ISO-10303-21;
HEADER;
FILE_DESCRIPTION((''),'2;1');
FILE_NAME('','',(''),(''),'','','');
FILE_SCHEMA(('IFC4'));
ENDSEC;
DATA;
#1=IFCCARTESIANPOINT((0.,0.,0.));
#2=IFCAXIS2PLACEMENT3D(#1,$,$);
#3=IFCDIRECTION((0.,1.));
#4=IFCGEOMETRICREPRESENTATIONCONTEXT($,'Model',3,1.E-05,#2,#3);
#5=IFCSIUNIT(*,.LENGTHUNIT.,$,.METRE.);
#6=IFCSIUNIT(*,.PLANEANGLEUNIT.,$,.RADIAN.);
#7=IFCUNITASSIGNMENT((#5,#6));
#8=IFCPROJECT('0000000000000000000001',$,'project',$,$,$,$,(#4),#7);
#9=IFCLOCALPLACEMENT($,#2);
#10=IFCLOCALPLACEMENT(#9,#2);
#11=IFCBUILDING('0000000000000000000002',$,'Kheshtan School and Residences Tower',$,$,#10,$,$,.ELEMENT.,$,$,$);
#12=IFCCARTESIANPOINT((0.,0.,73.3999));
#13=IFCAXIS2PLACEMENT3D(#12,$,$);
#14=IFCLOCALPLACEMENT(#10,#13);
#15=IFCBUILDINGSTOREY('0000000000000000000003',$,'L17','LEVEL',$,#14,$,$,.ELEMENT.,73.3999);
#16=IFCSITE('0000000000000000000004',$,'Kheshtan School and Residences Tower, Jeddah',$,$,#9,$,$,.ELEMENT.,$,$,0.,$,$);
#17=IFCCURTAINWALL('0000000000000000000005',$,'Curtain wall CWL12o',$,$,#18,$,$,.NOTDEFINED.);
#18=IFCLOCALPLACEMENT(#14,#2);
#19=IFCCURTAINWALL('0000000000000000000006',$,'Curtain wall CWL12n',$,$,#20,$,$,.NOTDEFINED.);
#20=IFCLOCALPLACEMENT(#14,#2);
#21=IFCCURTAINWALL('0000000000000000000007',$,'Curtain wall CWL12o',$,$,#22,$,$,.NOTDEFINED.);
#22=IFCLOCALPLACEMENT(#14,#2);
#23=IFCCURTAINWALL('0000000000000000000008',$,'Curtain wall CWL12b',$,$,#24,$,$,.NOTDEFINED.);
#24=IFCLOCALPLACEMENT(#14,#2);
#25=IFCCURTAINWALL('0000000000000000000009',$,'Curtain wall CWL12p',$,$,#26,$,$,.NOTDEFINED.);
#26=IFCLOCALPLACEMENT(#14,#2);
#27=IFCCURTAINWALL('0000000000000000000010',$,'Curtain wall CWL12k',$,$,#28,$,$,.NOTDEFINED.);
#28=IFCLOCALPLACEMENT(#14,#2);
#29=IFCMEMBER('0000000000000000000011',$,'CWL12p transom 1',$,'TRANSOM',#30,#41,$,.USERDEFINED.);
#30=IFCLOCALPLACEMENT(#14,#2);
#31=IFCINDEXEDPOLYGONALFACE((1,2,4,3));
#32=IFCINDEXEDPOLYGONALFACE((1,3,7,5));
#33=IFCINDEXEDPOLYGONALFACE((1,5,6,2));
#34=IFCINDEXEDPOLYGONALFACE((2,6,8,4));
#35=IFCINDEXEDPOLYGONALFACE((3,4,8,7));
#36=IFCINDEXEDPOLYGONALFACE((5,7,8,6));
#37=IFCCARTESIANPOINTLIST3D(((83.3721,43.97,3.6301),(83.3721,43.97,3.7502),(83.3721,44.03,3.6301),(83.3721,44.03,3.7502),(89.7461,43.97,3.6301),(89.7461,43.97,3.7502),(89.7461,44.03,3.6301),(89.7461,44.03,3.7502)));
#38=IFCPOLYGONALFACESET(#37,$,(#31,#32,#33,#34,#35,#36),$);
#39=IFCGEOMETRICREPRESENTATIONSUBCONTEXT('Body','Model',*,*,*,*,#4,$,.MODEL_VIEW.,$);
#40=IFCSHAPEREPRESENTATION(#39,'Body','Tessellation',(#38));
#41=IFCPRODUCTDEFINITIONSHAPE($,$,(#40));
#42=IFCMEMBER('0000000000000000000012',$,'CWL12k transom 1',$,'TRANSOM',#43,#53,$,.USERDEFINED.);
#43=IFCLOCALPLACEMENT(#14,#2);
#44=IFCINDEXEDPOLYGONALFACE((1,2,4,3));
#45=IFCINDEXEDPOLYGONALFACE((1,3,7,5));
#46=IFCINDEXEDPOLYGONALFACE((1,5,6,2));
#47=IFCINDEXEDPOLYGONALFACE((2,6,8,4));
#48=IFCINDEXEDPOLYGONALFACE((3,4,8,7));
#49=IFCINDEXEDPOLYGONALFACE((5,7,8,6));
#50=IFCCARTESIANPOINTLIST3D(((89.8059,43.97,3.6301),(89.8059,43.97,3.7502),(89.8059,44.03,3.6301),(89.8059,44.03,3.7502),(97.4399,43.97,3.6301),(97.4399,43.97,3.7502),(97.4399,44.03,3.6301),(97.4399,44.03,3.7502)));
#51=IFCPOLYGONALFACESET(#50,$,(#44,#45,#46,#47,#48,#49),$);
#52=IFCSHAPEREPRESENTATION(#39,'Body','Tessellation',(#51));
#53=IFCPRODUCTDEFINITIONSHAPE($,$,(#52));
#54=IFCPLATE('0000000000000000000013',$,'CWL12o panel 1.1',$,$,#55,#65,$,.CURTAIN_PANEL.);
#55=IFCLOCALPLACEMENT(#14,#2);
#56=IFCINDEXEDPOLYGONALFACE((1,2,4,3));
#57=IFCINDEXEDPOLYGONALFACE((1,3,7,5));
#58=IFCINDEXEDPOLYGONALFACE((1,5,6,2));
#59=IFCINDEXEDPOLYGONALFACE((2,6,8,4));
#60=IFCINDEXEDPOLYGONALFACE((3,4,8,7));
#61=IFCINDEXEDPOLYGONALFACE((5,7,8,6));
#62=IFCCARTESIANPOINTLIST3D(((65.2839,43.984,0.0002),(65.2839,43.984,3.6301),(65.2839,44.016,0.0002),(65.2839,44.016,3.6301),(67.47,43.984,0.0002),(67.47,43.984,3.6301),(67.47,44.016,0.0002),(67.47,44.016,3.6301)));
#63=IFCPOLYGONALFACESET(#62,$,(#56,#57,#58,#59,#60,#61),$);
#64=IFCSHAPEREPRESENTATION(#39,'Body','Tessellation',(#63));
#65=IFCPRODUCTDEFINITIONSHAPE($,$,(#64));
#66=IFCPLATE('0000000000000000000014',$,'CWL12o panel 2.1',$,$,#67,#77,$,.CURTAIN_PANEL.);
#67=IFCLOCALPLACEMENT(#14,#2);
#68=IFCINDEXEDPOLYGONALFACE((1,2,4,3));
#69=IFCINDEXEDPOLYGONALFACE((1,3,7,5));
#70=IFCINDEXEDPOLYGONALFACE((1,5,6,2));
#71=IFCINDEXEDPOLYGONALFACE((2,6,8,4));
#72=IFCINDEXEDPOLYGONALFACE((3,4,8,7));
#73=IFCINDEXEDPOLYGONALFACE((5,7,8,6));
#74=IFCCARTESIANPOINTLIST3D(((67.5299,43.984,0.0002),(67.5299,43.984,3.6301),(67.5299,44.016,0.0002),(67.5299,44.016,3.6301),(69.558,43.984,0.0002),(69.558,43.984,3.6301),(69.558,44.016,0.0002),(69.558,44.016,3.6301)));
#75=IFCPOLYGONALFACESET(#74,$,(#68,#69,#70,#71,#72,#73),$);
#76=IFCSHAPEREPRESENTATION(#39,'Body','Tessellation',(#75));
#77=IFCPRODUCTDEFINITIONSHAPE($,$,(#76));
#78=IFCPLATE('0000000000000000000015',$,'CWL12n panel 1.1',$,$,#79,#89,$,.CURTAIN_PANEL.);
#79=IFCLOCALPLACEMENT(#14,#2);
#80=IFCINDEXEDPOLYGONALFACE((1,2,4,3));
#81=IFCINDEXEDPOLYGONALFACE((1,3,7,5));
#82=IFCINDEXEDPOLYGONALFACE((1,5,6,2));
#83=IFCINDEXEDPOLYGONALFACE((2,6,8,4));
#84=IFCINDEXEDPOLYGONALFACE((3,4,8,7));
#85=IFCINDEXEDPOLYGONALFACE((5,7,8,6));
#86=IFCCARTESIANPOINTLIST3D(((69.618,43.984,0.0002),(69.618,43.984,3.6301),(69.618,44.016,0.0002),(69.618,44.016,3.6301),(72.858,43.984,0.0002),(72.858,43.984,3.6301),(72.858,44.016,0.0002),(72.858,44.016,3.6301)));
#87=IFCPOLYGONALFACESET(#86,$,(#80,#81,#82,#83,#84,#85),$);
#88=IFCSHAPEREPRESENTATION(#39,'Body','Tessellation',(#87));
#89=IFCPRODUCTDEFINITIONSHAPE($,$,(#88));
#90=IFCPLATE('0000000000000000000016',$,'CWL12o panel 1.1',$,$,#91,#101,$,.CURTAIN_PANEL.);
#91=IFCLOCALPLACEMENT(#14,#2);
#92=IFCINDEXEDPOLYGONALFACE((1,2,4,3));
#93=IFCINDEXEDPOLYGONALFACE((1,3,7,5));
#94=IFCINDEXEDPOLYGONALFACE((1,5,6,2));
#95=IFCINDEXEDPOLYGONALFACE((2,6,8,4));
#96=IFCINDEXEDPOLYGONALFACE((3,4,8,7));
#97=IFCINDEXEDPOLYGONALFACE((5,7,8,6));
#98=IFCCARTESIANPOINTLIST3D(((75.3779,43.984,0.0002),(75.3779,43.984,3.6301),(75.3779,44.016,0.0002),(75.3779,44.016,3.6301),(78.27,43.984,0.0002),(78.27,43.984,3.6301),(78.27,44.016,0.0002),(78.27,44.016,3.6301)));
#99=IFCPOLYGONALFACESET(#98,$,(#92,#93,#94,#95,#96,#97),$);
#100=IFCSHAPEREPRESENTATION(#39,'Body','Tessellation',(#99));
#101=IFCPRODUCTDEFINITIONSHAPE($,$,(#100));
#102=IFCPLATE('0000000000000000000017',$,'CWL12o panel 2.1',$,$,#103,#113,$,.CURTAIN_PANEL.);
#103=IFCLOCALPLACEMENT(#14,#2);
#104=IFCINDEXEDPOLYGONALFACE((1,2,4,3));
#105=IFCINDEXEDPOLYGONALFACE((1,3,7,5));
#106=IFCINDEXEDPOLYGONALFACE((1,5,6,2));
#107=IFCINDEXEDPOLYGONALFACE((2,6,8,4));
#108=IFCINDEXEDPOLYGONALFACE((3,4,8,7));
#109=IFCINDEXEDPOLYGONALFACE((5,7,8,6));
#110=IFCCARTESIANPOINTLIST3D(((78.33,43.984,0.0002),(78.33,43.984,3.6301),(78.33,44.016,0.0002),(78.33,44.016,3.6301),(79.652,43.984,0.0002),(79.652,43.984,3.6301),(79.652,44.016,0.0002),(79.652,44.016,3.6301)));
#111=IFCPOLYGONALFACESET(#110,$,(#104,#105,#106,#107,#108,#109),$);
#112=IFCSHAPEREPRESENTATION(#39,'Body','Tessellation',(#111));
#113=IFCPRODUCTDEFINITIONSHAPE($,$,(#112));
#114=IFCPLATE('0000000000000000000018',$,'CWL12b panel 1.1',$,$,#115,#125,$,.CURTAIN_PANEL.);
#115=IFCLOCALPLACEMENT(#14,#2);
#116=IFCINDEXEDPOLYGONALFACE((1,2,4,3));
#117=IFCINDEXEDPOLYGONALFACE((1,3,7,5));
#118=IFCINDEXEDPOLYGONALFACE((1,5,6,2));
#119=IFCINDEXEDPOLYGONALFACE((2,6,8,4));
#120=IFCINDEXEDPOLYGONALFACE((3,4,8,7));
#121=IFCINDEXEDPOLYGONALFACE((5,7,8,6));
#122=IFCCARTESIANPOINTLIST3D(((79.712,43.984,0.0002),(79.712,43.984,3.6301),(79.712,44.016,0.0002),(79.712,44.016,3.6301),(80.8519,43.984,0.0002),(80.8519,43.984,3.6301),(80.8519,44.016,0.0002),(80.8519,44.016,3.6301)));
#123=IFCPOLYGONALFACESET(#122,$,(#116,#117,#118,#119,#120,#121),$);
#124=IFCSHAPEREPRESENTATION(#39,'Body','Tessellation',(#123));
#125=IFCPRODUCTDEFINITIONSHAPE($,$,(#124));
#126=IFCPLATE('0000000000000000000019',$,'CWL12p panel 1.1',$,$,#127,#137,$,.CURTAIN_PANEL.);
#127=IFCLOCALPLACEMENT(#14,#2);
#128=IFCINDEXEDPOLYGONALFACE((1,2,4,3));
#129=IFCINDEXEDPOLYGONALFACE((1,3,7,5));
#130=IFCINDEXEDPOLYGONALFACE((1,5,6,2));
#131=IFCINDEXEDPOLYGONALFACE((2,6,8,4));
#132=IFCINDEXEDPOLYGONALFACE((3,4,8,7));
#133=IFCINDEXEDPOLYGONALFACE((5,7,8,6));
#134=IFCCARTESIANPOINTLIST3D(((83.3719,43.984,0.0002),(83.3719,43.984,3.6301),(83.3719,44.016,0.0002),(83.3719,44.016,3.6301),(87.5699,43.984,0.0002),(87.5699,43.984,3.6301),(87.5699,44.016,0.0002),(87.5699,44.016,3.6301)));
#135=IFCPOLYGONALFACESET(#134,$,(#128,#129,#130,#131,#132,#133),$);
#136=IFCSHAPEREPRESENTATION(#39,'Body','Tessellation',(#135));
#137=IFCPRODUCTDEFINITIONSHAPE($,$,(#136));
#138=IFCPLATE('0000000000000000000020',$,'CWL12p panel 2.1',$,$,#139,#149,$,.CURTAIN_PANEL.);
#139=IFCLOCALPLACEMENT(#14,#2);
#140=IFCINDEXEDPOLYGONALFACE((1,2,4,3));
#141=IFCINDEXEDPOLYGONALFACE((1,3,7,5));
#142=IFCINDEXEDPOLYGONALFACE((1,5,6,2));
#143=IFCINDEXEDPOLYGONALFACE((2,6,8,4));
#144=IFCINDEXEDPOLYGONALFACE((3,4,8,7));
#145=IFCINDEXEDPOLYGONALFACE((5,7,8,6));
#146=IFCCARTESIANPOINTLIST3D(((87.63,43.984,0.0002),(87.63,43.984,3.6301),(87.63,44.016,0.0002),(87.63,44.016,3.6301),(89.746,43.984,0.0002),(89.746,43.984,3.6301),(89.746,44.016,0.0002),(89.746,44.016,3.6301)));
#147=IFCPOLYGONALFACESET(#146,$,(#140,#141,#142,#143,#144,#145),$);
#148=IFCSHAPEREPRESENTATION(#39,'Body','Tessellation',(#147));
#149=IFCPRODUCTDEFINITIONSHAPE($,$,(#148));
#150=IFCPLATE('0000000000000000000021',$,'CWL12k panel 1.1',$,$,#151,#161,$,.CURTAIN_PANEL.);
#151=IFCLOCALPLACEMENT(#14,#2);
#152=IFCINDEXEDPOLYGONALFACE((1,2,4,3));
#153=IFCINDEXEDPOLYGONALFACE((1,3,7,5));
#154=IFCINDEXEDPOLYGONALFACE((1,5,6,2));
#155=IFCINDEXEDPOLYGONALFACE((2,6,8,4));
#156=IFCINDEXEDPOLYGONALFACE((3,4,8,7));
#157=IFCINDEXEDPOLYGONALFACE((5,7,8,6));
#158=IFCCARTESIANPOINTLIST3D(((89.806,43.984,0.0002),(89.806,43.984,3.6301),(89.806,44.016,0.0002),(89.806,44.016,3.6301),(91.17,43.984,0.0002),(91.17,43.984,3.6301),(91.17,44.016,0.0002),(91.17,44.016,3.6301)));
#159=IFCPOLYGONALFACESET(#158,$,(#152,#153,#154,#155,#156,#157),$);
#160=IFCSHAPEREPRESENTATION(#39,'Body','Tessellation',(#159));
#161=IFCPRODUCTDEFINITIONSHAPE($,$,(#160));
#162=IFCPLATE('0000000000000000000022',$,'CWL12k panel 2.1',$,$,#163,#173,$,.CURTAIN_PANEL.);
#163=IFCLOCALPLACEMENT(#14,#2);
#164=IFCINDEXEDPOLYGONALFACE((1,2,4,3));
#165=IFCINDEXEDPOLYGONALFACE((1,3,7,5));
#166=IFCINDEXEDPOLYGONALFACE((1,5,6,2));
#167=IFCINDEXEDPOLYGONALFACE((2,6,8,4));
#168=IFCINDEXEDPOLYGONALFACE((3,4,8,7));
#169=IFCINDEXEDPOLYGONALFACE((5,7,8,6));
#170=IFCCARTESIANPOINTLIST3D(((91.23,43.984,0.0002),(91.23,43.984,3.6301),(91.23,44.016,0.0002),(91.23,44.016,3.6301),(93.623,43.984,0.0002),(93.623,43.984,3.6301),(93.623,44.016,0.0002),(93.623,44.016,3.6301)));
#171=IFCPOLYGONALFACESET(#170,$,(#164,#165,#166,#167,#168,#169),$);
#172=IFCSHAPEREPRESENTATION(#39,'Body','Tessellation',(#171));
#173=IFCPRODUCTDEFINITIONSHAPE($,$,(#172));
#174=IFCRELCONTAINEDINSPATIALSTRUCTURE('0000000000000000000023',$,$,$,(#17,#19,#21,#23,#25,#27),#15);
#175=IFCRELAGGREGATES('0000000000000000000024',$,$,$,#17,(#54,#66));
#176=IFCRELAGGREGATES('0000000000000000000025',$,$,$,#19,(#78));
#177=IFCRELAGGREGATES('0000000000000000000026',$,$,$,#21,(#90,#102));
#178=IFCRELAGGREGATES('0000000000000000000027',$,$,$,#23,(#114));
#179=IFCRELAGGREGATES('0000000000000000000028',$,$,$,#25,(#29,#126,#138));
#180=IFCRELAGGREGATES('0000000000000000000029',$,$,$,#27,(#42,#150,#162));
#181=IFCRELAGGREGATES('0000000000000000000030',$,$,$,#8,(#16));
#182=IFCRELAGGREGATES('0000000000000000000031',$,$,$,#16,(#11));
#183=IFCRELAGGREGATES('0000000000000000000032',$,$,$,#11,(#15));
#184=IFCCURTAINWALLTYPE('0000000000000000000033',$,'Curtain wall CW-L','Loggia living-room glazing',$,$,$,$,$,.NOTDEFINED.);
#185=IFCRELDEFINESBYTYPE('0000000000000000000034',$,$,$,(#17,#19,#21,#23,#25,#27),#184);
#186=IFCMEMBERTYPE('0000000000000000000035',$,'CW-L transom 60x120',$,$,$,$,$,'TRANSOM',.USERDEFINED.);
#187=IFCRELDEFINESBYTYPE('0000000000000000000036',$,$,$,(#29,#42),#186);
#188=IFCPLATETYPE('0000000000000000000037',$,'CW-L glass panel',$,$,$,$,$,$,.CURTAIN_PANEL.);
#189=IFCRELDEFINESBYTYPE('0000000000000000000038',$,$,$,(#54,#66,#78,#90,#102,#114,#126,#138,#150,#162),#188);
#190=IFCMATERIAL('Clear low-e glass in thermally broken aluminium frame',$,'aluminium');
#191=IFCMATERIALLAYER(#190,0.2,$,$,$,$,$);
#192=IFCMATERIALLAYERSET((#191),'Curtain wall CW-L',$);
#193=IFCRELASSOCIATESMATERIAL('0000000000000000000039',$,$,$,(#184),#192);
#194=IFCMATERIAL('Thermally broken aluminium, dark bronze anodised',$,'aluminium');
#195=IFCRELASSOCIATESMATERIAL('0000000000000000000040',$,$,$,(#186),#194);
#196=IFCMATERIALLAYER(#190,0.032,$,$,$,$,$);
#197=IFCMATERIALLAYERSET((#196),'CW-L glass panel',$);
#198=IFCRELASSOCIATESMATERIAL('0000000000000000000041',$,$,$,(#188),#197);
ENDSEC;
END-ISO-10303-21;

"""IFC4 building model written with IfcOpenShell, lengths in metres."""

from ifc_helpers import new_model, si_unit, direction, frame, origin, origin_2d, place, context, subcontext, project, spatial, rectangle, extrude, material, layer, layer_set, material_profile, profile_set, type_object, element, aggregate, save


model = new_model("IFC4")

# Units and contexts
model_context = context("Model", 3, precision=1e-05, world=origin(), true_north=direction((0.0, 1.0)))
body_context = subcontext(model_context, "Body", "Model", "MODEL_VIEW")
ifc_project = project(units=[si_unit("LENGTHUNIT", "METRE"), si_unit("PLANEANGLEUNIT", "RADIAN")], contexts=[model_context])

# Site, building, storey
site_placement = place(None, origin())
site = spatial("IfcSite", under=ifc_project, at=site_placement, Name="Kheshtan School and Residences Tower, Jeddah", CompositionType="ELEMENT", RefElevation=0.0)
building_placement = place(site_placement, origin())
building = spatial("IfcBuilding", under=site, at=building_placement, Name="Kheshtan School and Residences Tower", CompositionType="ELEMENT")
storey_placement = place(building_placement, frame((0.0, 0.0, 73.3999)))
storey = spatial("IfcBuildingStorey", under=building, at=storey_placement, Name="L17", Description="LEVEL", CompositionType="ELEMENT", Elevation=73.3999)

# Curtain wall
ifc_material_1 = material(Name="Clear low-e glass in thermally broken aluminium frame", Category="aluminium")
ifc_layer_1 = layer(ifc_material_1, 0.2)
ifc_layer_set_1 = layer_set([ifc_layer_1], Name="Curtain wall CW-L")
curtain_wall_type = type_object("IfcCurtainWallType", Name="Curtain wall CW-L", Description="Loggia living-room glazing", PredefinedType="NOTDEFINED", material=ifc_layer_set_1)
curtain_wall_1_placement = place(storey_placement, origin())
curtain_wall_1 = element("IfcCurtainWall", 1, at=curtain_wall_1_placement, inside=storey, type_object=curtain_wall_type, Name="Curtain wall CWL12o", PredefinedType="NOTDEFINED")
ifc_material_2 = material(Name="Thermally broken aluminium, dark bronze anodised", Category="aluminium")

# Curtain wall
curtain_wall_2_placement = place(storey_placement, origin())
curtain_wall_2 = element("IfcCurtainWall", 2, at=curtain_wall_2_placement, inside=storey, type_object=curtain_wall_type, Name="Curtain wall CWL12n", PredefinedType="NOTDEFINED")

# Curtain wall
curtain_wall_3_placement = place(storey_placement, origin())
curtain_wall_3 = element("IfcCurtainWall", 3, at=curtain_wall_3_placement, inside=storey, type_object=curtain_wall_type, Name="Curtain wall CWL12o", PredefinedType="NOTDEFINED")

# Curtain wall
curtain_wall_4_placement = place(storey_placement, origin())
curtain_wall_4 = element("IfcCurtainWall", 4, at=curtain_wall_4_placement, inside=storey, type_object=curtain_wall_type, Name="Curtain wall CWL12b", PredefinedType="NOTDEFINED")

# Curtain walls
curtain_wall_5_placement = place(storey_placement, origin())
curtain_wall_5 = element("IfcCurtainWall", 5, at=curtain_wall_5_placement, inside=storey, type_object=curtain_wall_type, Name="Curtain wall CWL12p", PredefinedType="NOTDEFINED")
curtain_wall_6_placement = place(storey_placement, origin())
curtain_wall_6 = element("IfcCurtainWall", 6, at=curtain_wall_6_placement, inside=storey, type_object=curtain_wall_type, Name="Curtain wall CWL12k", PredefinedType="NOTDEFINED")

# Members
ifc_material_profile_1 = material_profile(ifc_material_2, rectangle(XDim=0.0601, YDim=0.1201, at=origin_2d()), Name="CW-L transom 60x120")
ifc_profile_set_1 = profile_set([ifc_material_profile_1], Name="Thermally broken aluminium, dark bronze anodised")
member_type_1 = type_object("IfcMemberType", Name="CW-L transom 60x120", ElementType="TRANSOM", PredefinedType="USERDEFINED", material=ifc_profile_set_1)
member_1_placement = place(storey_placement, frame((83.3721, 44.0, 3.6902), z_axis=(1.0, 0.0, 0.0), x_axis=(0.0, 1.0, 0.0)))
member_1 = element("IfcMember", 7, at=member_1_placement, type_object=member_type_1, Name="CWL12p transom 1", ObjectType="TRANSOM", PredefinedType="USERDEFINED", context=body_context, shape_type="SweptSolid", body=[
    extrude(rectangle(XDim=0.0601, YDim=0.1201, at=origin_2d()), origin(), (0.0, 0.0, 1.0), 6.374),
])
member_2_placement = place(storey_placement, frame((89.8059, 44.0, 3.6902), z_axis=(1.0, 0.0, 0.0), x_axis=(0.0, 1.0, 0.0)))
member_2 = element("IfcMember", 8, at=member_2_placement, type_object=member_type_1, Name="CWL12k transom 1", ObjectType="TRANSOM", PredefinedType="USERDEFINED", context=body_context, shape_type="SweptSolid", body=[
    extrude(rectangle(XDim=0.0601, YDim=0.1201, at=origin_2d()), origin(), (0.0, 0.0, 1.0), 7.634),
])

# Plates
ifc_layer_2 = layer(ifc_material_1, 0.032)
ifc_layer_set_2 = layer_set([ifc_layer_2], Name="CW-L glass panel")
plate_type = type_object("IfcPlateType", Name="CW-L glass panel", PredefinedType="CURTAIN_PANEL", material=ifc_layer_set_2)
plate_1_placement = place(storey_placement, frame((66.377, 44.0, 0.0002), z_axis=(0.0, 0.0, 1.0), x_axis=(1.0, 0.0, 0.0)))
plate_1 = element("IfcPlate", 9, at=plate_1_placement, type_object=plate_type, Name="CWL12o panel 1.1", PredefinedType="CURTAIN_PANEL", context=body_context, shape_type="SweptSolid", body=[
    extrude(rectangle(XDim=2.186, YDim=0.032, at=origin_2d()), origin(), (0.0, 0.0, 1.0), 3.6299),
])
plate_2_placement = place(storey_placement, frame((68.5439, 44.0, 0.0002), z_axis=(0.0, 0.0, 1.0), x_axis=(1.0, 0.0, 0.0)))
plate_2 = element("IfcPlate", 10, at=plate_2_placement, type_object=plate_type, Name="CWL12o panel 2.1", PredefinedType="CURTAIN_PANEL", context=body_context, shape_type="SweptSolid", body=[
    extrude(rectangle(XDim=2.0281, YDim=0.032, at=origin_2d()), origin(), (0.0, 0.0, 1.0), 3.6299),
])
aggregate(curtain_wall_1, [plate_1, plate_2])
plate_3_placement = place(storey_placement, frame((71.238, 44.0, 0.0002), z_axis=(0.0, 0.0, 1.0), x_axis=(1.0, 0.0, 0.0)))
plate_3 = element("IfcPlate", 11, at=plate_3_placement, type_object=plate_type, Name="CWL12n panel 1.1", PredefinedType="CURTAIN_PANEL", context=body_context, shape_type="SweptSolid", body=[
    extrude(rectangle(XDim=3.24, YDim=0.032, at=origin_2d()), origin(), (0.0, 0.0, 1.0), 3.6299),
])
aggregate(curtain_wall_2, [plate_3])
plate_4_placement = place(storey_placement, frame((76.824, 44.0, 0.0002), z_axis=(0.0, 0.0, 1.0), x_axis=(1.0, 0.0, 0.0)))
plate_4 = element("IfcPlate", 12, at=plate_4_placement, type_object=plate_type, Name="CWL12o panel 1.1", PredefinedType="CURTAIN_PANEL", context=body_context, shape_type="SweptSolid", body=[
    extrude(rectangle(XDim=2.8921, YDim=0.032, at=origin_2d()), origin(), (0.0, 0.0, 1.0), 3.6299),
])
plate_5_placement = place(storey_placement, frame((78.991, 44.0, 0.0002), z_axis=(0.0, 0.0, 1.0), x_axis=(1.0, 0.0, 0.0)))
plate_5 = element("IfcPlate", 13, at=plate_5_placement, type_object=plate_type, Name="CWL12o panel 2.1", PredefinedType="CURTAIN_PANEL", context=body_context, shape_type="SweptSolid", body=[
    extrude(rectangle(XDim=1.322, YDim=0.032, at=origin_2d()), origin(), (0.0, 0.0, 1.0), 3.6299),
])
aggregate(curtain_wall_3, [plate_4, plate_5])
plate_6_placement = place(storey_placement, frame((80.282, 44.0, 0.0002), z_axis=(0.0, 0.0, 1.0), x_axis=(1.0, 0.0, 0.0)))
plate_6 = element("IfcPlate", 14, at=plate_6_placement, type_object=plate_type, Name="CWL12b panel 1.1", PredefinedType="CURTAIN_PANEL", context=body_context, shape_type="SweptSolid", body=[
    extrude(rectangle(XDim=1.1399, YDim=0.032, at=origin_2d()), origin(), (0.0, 0.0, 1.0), 3.6299),
])
aggregate(curtain_wall_4, [plate_6])
plate_7_placement = place(storey_placement, frame((85.4709, 44.0, 0.0002), z_axis=(0.0, 0.0, 1.0), x_axis=(1.0, 0.0, 0.0)))
plate_7 = element("IfcPlate", 15, at=plate_7_placement, type_object=plate_type, Name="CWL12p panel 1.1", PredefinedType="CURTAIN_PANEL", context=body_context, shape_type="SweptSolid", body=[
    extrude(rectangle(XDim=4.198, YDim=0.032, at=origin_2d()), origin(), (0.0, 0.0, 1.0), 3.6299),
])
plate_8_placement = place(storey_placement, frame((88.688, 44.0, 0.0002), z_axis=(0.0, 0.0, 1.0), x_axis=(1.0, 0.0, 0.0)))
plate_8 = element("IfcPlate", 16, at=plate_8_placement, type_object=plate_type, Name="CWL12p panel 2.1", PredefinedType="CURTAIN_PANEL", context=body_context, shape_type="SweptSolid", body=[
    extrude(rectangle(XDim=2.116, YDim=0.032, at=origin_2d()), origin(), (0.0, 0.0, 1.0), 3.6299),
])
aggregate(curtain_wall_5, [member_1, plate_7, plate_8])
plate_9_placement = place(storey_placement, frame((90.488, 44.0, 0.0002), z_axis=(0.0, 0.0, 1.0), x_axis=(1.0, 0.0, 0.0)))
plate_9 = element("IfcPlate", 17, at=plate_9_placement, type_object=plate_type, Name="CWL12k panel 1.1", PredefinedType="CURTAIN_PANEL", context=body_context, shape_type="SweptSolid", body=[
    extrude(rectangle(XDim=1.364, YDim=0.032, at=origin_2d()), origin(), (0.0, 0.0, 1.0), 3.6299),
])
plate_10_placement = place(storey_placement, frame((92.4265, 44.0, 0.0002), z_axis=(0.0, 0.0, 1.0), x_axis=(1.0, 0.0, 0.0)))
plate_10 = element("IfcPlate", 18, at=plate_10_placement, type_object=plate_type, Name="CWL12k panel 2.1", PredefinedType="CURTAIN_PANEL", context=body_context, shape_type="SweptSolid", body=[
    extrude(rectangle(XDim=2.3931, YDim=0.032, at=origin_2d()), origin(), (0.0, 0.0, 1.0), 3.6299),
])
aggregate(curtain_wall_6, [member_2, plate_9, plate_10])

save(model, "model.ifc")
